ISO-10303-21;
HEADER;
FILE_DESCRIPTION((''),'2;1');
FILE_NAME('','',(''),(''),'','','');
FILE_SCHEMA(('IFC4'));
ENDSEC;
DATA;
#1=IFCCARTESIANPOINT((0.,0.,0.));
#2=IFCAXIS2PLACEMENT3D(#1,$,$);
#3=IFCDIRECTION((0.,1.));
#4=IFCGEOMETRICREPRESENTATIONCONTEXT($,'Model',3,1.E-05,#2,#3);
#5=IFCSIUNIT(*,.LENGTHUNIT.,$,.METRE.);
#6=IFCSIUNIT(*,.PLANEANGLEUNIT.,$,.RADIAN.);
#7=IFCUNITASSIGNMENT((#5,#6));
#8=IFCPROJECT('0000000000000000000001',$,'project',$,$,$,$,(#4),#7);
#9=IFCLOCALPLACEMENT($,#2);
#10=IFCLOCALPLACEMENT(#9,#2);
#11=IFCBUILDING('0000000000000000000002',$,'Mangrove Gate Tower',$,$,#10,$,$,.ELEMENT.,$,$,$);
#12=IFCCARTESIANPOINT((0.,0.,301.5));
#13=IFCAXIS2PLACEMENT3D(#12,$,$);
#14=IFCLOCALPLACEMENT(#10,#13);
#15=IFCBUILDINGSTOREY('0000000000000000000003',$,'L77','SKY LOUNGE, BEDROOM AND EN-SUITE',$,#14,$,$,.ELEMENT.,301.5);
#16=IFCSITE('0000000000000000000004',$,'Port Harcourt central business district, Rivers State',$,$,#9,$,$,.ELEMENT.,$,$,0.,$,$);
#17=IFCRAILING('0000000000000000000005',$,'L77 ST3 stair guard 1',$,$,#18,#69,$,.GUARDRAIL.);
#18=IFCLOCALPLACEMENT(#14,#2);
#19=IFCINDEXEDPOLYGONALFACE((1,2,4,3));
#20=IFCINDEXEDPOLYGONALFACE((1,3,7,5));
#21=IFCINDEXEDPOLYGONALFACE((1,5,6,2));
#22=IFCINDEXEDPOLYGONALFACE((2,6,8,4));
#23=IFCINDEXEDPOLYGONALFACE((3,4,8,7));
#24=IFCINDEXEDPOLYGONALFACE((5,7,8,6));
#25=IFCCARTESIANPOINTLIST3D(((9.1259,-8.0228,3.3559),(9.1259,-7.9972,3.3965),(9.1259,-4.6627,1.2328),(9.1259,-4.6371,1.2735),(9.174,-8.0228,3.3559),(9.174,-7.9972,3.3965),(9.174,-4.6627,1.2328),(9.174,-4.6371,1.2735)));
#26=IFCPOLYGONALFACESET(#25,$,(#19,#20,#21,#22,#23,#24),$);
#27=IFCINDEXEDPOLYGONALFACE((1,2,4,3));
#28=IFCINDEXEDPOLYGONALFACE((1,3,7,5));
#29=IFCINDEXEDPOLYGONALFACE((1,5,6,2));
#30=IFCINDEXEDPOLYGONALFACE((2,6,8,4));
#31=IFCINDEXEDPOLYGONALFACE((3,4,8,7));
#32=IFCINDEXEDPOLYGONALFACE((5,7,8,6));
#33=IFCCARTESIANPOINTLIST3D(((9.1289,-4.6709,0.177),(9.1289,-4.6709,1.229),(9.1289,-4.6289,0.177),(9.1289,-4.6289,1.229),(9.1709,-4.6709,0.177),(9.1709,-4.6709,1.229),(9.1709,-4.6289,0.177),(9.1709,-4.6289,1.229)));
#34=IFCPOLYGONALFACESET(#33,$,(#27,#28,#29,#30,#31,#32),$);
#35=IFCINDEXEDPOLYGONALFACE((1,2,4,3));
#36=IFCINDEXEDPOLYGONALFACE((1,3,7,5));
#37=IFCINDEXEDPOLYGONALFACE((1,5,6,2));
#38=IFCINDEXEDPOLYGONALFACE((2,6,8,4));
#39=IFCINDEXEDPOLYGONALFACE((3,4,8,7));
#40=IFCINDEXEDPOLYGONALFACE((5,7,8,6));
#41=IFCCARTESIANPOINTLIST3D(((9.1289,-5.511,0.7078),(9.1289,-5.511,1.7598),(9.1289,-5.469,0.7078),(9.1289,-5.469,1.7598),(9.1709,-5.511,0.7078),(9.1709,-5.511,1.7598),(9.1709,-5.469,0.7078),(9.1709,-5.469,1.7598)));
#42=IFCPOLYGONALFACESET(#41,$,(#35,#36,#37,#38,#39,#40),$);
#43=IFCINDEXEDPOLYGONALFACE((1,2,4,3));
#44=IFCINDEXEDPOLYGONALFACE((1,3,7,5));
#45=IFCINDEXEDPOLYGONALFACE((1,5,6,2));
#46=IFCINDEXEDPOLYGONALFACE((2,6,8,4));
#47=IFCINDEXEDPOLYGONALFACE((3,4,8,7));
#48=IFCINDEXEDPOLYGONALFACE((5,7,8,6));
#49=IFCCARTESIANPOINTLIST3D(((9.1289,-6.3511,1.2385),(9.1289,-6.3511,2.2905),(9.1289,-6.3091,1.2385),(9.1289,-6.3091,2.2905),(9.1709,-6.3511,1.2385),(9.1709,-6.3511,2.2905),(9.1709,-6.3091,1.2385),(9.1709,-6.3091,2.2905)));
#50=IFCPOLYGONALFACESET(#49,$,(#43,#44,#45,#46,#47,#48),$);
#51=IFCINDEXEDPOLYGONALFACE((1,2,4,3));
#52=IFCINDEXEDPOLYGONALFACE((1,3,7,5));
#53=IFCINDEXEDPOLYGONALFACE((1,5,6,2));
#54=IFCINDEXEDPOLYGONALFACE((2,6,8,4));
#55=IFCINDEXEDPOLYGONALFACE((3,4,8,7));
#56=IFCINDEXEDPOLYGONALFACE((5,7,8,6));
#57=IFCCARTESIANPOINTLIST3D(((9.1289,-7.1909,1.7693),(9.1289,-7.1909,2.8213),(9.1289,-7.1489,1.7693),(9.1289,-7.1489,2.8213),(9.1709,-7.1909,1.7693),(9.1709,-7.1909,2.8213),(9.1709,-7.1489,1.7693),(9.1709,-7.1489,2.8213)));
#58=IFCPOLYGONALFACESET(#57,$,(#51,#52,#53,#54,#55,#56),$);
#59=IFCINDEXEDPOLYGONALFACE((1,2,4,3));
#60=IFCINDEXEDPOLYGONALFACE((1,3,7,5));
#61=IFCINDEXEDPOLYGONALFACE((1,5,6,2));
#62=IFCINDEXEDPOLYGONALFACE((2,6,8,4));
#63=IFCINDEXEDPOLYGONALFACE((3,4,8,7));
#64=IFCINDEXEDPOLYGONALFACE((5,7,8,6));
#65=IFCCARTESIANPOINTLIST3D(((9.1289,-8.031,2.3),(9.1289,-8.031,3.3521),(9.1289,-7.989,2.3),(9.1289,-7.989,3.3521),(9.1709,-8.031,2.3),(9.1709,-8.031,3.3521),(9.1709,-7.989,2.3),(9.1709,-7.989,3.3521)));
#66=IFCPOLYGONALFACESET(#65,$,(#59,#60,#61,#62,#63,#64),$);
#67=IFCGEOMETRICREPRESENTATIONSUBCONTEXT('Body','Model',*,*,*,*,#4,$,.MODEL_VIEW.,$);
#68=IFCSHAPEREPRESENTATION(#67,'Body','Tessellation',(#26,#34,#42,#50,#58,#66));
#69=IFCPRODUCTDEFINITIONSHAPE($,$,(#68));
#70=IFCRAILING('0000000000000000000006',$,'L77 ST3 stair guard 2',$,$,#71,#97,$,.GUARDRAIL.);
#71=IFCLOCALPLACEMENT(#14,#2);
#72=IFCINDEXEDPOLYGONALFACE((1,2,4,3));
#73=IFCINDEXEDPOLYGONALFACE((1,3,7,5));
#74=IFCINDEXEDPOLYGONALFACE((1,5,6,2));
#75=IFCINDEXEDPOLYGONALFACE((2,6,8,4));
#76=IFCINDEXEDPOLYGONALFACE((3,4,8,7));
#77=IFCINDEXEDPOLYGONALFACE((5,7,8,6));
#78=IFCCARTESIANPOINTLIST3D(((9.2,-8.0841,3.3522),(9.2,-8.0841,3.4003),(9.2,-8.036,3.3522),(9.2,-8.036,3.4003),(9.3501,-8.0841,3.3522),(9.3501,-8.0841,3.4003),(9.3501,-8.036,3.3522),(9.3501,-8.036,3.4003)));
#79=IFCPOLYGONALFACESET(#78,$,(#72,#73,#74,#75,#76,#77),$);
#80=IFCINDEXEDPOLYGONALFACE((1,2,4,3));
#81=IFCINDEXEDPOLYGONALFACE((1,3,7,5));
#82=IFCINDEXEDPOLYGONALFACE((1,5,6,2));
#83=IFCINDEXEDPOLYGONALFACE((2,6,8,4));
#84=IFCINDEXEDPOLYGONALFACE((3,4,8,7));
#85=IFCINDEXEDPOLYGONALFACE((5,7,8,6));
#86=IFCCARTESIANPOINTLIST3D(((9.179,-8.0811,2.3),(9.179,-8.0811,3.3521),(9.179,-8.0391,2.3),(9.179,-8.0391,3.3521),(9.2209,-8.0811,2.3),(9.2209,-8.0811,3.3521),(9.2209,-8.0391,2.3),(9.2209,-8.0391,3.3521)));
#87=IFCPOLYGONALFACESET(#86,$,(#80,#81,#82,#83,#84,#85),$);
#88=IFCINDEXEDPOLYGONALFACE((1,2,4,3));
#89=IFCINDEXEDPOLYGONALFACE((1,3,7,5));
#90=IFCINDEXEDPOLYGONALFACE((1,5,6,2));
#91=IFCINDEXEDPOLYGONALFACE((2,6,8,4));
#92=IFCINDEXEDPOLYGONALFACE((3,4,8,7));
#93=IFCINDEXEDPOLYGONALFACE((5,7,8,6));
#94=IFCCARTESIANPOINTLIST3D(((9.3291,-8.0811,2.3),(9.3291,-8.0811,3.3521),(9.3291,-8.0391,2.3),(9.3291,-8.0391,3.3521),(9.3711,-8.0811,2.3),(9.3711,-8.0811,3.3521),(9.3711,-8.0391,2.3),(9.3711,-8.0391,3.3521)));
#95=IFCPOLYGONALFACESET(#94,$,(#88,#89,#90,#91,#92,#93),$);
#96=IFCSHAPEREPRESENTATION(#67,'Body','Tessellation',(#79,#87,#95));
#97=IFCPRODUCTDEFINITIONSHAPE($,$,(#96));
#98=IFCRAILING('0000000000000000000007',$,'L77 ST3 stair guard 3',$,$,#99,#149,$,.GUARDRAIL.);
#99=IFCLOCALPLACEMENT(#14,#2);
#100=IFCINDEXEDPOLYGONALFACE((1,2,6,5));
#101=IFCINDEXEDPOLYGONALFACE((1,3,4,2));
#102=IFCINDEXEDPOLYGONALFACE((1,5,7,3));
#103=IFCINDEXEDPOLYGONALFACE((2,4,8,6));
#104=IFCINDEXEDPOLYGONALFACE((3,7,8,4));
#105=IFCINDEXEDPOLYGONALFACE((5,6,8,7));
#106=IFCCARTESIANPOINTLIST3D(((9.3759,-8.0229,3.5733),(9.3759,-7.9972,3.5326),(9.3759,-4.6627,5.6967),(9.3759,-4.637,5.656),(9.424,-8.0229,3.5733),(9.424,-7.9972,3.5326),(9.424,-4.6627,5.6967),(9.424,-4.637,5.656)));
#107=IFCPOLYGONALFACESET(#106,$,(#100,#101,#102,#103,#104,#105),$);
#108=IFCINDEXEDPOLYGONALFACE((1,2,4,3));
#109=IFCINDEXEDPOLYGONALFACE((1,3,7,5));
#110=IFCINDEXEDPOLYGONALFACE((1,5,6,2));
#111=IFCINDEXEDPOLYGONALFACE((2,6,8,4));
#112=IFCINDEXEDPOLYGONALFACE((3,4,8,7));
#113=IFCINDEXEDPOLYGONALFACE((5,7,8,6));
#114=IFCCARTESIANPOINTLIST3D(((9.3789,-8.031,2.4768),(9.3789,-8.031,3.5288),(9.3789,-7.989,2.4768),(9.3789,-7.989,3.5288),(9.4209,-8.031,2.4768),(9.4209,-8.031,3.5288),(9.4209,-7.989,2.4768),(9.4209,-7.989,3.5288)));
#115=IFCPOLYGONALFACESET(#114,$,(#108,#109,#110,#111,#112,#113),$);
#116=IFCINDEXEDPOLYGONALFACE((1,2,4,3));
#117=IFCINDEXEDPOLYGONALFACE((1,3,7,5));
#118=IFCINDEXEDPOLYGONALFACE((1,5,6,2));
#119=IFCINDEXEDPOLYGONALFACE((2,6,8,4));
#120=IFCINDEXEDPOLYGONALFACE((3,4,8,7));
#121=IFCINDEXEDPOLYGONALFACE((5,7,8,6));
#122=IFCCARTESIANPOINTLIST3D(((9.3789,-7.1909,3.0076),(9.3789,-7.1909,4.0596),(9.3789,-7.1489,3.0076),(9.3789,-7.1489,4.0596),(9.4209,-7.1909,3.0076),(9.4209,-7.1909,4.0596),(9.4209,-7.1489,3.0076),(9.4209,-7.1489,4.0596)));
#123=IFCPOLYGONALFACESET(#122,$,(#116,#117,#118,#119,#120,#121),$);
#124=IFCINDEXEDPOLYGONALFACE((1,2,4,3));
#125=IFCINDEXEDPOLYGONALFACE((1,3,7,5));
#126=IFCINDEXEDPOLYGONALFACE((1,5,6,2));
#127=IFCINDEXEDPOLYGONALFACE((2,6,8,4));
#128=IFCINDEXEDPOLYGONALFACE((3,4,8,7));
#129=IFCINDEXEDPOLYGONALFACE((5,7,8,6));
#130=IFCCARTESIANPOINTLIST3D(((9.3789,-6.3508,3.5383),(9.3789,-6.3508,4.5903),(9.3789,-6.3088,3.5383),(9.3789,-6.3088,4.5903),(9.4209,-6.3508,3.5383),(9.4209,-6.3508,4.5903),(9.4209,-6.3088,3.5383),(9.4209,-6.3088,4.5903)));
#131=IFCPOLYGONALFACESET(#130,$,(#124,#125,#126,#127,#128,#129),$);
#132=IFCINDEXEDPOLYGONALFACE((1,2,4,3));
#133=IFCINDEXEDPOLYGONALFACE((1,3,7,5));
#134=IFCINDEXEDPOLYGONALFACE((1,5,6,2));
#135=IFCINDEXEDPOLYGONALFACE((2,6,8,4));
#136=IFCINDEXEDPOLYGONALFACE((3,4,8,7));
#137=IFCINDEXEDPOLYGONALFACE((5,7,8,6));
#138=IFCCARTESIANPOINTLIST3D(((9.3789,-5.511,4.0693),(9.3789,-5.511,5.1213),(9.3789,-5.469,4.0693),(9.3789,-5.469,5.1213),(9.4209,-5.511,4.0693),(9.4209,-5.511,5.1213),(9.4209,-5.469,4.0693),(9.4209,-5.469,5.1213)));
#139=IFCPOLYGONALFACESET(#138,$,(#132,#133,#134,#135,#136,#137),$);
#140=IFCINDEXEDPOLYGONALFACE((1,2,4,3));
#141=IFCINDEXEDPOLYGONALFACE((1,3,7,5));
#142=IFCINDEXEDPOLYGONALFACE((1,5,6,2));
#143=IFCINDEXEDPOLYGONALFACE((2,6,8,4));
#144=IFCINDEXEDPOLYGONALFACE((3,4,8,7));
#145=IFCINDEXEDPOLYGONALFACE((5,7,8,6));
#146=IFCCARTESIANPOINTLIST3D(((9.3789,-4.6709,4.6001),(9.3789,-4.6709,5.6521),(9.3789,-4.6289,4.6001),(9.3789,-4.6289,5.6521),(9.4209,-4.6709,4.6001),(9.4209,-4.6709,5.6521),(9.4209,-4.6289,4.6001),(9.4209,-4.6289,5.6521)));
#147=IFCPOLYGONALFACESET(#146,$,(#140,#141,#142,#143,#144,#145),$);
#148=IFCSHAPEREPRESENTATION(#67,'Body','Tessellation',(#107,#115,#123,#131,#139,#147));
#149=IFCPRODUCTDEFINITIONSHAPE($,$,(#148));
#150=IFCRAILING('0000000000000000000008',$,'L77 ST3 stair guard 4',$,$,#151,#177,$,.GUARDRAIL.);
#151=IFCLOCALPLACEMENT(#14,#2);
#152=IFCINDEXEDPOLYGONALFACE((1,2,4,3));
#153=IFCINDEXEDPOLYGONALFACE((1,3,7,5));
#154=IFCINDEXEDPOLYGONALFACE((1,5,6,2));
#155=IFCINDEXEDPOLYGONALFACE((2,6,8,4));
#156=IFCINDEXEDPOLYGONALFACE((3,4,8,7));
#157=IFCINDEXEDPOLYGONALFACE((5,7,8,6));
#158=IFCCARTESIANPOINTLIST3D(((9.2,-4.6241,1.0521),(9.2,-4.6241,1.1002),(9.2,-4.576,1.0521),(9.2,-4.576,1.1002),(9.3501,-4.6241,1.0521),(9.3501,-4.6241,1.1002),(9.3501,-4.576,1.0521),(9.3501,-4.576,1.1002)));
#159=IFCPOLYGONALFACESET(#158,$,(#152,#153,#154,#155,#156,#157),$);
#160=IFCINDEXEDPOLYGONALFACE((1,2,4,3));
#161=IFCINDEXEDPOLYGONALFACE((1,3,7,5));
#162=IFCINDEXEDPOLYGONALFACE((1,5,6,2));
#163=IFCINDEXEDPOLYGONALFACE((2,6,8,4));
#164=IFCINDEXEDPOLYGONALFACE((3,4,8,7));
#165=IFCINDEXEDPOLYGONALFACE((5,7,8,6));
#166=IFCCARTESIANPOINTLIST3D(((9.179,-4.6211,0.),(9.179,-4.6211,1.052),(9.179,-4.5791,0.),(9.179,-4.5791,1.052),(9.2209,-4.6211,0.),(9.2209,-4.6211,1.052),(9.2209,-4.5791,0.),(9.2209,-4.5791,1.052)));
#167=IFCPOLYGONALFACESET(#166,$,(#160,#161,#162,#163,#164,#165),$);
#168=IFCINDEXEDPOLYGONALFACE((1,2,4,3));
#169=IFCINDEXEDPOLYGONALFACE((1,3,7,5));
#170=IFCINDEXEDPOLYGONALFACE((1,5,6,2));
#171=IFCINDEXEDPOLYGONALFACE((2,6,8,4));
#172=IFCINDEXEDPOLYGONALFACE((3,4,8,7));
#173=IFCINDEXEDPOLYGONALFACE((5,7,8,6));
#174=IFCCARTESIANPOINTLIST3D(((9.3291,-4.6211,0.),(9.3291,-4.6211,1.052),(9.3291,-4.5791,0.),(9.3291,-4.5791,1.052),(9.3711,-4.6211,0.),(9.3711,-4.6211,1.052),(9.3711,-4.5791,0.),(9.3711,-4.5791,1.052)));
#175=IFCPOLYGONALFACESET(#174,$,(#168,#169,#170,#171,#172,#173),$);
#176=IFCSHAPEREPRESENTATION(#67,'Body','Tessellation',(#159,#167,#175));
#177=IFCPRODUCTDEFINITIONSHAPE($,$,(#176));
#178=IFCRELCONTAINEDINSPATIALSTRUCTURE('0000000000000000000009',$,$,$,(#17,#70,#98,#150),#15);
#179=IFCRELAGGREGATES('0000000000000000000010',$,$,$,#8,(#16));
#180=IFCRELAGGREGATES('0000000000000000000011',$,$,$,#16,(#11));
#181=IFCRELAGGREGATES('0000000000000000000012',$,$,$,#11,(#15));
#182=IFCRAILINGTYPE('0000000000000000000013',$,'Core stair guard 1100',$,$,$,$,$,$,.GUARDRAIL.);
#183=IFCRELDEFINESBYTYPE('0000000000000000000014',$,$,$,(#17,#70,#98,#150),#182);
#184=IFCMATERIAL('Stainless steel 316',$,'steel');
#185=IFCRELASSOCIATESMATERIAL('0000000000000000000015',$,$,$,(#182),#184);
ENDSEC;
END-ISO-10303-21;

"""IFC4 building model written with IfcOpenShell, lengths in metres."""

from ifc_helpers import new_model, si_unit, direction, frame, origin, origin_2d, place, context, subcontext, project, spatial, rectangle, extrude, material, type_object, element, save


model = new_model("IFC4")

# Units and contexts
model_context = context("Model", 3, precision=1e-05, world=origin(), true_north=direction((0.0, 1.0)))
body_context = subcontext(model_context, "Body", "Model", "MODEL_VIEW")
ifc_project = project(units=[si_unit("LENGTHUNIT", "METRE"), si_unit("PLANEANGLEUNIT", "RADIAN")], contexts=[model_context])

# Site, building, storey
site_placement = place(None, origin())
site = spatial("IfcSite", under=ifc_project, at=site_placement, Name="Port Harcourt central business district, Rivers State", CompositionType="ELEMENT", RefElevation=0.0)
building_placement = place(site_placement, origin())
building = spatial("IfcBuilding", under=site, at=building_placement, Name="Mangrove Gate Tower", CompositionType="ELEMENT")
storey_placement = place(building_placement, frame((0.0, 0.0, 301.5)))
storey = spatial("IfcBuildingStorey", under=building, at=storey_placement, Name="L77", Description="SKY LOUNGE, BEDROOM AND EN-SUITE", CompositionType="ELEMENT", Elevation=301.5)

# Railings
ifc_material_1 = material(Name="Stainless steel 316", Category="steel")
railing_type_1 = type_object("IfcRailingType", Name="Core stair guard 1100", PredefinedType="GUARDRAIL", material=ifc_material_1)
railing_1_placement = place(storey_placement, frame((9.1499, -4.6499, 0.177)))
element("IfcRailing", 1, at=railing_1_placement, inside=storey, type_object=railing_type_1, Name="L77 ST3 stair guard 1", PredefinedType="GUARDRAIL", context=body_context, shape_type="SweptSolid", body=[
    extrude(rectangle(XDim=0.0481, YDim=0.0481, at=origin_2d()), frame((0.0, 0.0, 1.0762), z_axis=(0.0, -0.84539, 0.53415), x_axis=(1.0, 0.0, 0.0)), (0.0, 0.0, 1.0), 3.9746),
    extrude(rectangle(XDim=0.042, YDim=0.042, at=origin_2d()), origin(), (0.0, 0.0, 1.0), 1.052),
    extrude(rectangle(XDim=0.042, YDim=0.042, at=origin_2d()), frame((0.0, -0.8401, 0.5308)), (0.0, 0.0, 1.0), 1.052),
    extrude(rectangle(XDim=0.042, YDim=0.042, at=origin_2d()), frame((0.0, -1.6802, 1.0615)), (0.0, 0.0, 1.0), 1.052),
    extrude(rectangle(XDim=0.042, YDim=0.042, at=origin_2d()), frame((0.0, -2.52, 1.5923)), (0.0, 0.0, 1.0), 1.052),
    extrude(rectangle(XDim=0.042, YDim=0.042, at=origin_2d()), frame((0.0, -3.3601, 2.123)), (0.0, 0.0, 1.0), 1.052),
])
railing_2_placement = place(storey_placement, frame((9.2, -8.0601, 2.3)))
element("IfcRailing", 2, at=railing_2_placement, inside=storey, type_object=railing_type_1, Name="L77 ST3 stair guard 2", PredefinedType="GUARDRAIL", context=body_context, shape_type="SweptSolid", body=[
    extrude(rectangle(XDim=0.0481, YDim=0.0481, at=origin_2d()), frame((0.0, 0.0, 1.0762), z_axis=(1.0, 0.0, 0.0), x_axis=(0.0, 1.0, 0.0)), (0.0, 0.0, 1.0), 0.1501),
    extrude(rectangle(XDim=0.042, YDim=0.042, at=origin_2d()), origin(), (0.0, 0.0, 1.0), 1.052),
    extrude(rectangle(XDim=0.042, YDim=0.042, at=origin_2d()), frame((0.1501, 0.0, 0.0)), (0.0, 0.0, 1.0), 1.052),
])
railing_3_placement = place(storey_placement, frame((9.3999, -8.01, 2.4768)))
element("IfcRailing", 3, at=railing_3_placement, inside=storey, type_object=railing_type_1, Name="L77 ST3 stair guard 3", PredefinedType="GUARDRAIL", context=body_context, shape_type="SweptSolid", body=[
    extrude(rectangle(XDim=0.0481, YDim=0.0481, at=origin_2d()), frame((0.0, 0.0, 1.0762), z_axis=(0.0, 0.845362, 0.534194), x_axis=(-1.0, 0.0, 0.0)), (0.0, 0.0, 1.0), 3.9749),
    extrude(rectangle(XDim=0.042, YDim=0.042, at=origin_2d()), origin(), (0.0, 0.0, 1.0), 1.052),
    extrude(rectangle(XDim=0.042, YDim=0.042, at=origin_2d()), frame((0.0, 0.8401, 0.5308)), (0.0, 0.0, 1.0), 1.052),
    extrude(rectangle(XDim=0.042, YDim=0.042, at=origin_2d()), frame((0.0, 1.6802, 1.0615)), (0.0, 0.0, 1.0), 1.052),
    extrude(rectangle(XDim=0.042, YDim=0.042, at=origin_2d()), frame((0.0, 2.52, 1.5925)), (0.0, 0.0, 1.0), 1.052),
    extrude(rectangle(XDim=0.042, YDim=0.042, at=origin_2d()), frame((0.0, 3.3601, 2.1233)), (0.0, 0.0, 1.0), 1.052),
])
railing_4_placement = place(storey_placement, frame((9.2, -4.6001, 0.0)))
element("IfcRailing", 4, at=railing_4_placement, inside=storey, type_object=railing_type_1, Name="L77 ST3 stair guard 4", PredefinedType="GUARDRAIL", context=body_context, shape_type="SweptSolid", body=[
    extrude(rectangle(XDim=0.0481, YDim=0.0481, at=origin_2d()), frame((0.0, 0.0, 1.0762), z_axis=(1.0, 0.0, 0.0), x_axis=(0.0, 1.0, 0.0)), (0.0, 0.0, 1.0), 0.1501),
    extrude(rectangle(XDim=0.042, YDim=0.042, at=origin_2d()), origin(), (0.0, 0.0, 1.0), 1.052),
    extrude(rectangle(XDim=0.042, YDim=0.042, at=origin_2d()), frame((0.1501, 0.0, 0.0)), (0.0, 0.0, 1.0), 1.052),
])

save(model, "model.ifc")
